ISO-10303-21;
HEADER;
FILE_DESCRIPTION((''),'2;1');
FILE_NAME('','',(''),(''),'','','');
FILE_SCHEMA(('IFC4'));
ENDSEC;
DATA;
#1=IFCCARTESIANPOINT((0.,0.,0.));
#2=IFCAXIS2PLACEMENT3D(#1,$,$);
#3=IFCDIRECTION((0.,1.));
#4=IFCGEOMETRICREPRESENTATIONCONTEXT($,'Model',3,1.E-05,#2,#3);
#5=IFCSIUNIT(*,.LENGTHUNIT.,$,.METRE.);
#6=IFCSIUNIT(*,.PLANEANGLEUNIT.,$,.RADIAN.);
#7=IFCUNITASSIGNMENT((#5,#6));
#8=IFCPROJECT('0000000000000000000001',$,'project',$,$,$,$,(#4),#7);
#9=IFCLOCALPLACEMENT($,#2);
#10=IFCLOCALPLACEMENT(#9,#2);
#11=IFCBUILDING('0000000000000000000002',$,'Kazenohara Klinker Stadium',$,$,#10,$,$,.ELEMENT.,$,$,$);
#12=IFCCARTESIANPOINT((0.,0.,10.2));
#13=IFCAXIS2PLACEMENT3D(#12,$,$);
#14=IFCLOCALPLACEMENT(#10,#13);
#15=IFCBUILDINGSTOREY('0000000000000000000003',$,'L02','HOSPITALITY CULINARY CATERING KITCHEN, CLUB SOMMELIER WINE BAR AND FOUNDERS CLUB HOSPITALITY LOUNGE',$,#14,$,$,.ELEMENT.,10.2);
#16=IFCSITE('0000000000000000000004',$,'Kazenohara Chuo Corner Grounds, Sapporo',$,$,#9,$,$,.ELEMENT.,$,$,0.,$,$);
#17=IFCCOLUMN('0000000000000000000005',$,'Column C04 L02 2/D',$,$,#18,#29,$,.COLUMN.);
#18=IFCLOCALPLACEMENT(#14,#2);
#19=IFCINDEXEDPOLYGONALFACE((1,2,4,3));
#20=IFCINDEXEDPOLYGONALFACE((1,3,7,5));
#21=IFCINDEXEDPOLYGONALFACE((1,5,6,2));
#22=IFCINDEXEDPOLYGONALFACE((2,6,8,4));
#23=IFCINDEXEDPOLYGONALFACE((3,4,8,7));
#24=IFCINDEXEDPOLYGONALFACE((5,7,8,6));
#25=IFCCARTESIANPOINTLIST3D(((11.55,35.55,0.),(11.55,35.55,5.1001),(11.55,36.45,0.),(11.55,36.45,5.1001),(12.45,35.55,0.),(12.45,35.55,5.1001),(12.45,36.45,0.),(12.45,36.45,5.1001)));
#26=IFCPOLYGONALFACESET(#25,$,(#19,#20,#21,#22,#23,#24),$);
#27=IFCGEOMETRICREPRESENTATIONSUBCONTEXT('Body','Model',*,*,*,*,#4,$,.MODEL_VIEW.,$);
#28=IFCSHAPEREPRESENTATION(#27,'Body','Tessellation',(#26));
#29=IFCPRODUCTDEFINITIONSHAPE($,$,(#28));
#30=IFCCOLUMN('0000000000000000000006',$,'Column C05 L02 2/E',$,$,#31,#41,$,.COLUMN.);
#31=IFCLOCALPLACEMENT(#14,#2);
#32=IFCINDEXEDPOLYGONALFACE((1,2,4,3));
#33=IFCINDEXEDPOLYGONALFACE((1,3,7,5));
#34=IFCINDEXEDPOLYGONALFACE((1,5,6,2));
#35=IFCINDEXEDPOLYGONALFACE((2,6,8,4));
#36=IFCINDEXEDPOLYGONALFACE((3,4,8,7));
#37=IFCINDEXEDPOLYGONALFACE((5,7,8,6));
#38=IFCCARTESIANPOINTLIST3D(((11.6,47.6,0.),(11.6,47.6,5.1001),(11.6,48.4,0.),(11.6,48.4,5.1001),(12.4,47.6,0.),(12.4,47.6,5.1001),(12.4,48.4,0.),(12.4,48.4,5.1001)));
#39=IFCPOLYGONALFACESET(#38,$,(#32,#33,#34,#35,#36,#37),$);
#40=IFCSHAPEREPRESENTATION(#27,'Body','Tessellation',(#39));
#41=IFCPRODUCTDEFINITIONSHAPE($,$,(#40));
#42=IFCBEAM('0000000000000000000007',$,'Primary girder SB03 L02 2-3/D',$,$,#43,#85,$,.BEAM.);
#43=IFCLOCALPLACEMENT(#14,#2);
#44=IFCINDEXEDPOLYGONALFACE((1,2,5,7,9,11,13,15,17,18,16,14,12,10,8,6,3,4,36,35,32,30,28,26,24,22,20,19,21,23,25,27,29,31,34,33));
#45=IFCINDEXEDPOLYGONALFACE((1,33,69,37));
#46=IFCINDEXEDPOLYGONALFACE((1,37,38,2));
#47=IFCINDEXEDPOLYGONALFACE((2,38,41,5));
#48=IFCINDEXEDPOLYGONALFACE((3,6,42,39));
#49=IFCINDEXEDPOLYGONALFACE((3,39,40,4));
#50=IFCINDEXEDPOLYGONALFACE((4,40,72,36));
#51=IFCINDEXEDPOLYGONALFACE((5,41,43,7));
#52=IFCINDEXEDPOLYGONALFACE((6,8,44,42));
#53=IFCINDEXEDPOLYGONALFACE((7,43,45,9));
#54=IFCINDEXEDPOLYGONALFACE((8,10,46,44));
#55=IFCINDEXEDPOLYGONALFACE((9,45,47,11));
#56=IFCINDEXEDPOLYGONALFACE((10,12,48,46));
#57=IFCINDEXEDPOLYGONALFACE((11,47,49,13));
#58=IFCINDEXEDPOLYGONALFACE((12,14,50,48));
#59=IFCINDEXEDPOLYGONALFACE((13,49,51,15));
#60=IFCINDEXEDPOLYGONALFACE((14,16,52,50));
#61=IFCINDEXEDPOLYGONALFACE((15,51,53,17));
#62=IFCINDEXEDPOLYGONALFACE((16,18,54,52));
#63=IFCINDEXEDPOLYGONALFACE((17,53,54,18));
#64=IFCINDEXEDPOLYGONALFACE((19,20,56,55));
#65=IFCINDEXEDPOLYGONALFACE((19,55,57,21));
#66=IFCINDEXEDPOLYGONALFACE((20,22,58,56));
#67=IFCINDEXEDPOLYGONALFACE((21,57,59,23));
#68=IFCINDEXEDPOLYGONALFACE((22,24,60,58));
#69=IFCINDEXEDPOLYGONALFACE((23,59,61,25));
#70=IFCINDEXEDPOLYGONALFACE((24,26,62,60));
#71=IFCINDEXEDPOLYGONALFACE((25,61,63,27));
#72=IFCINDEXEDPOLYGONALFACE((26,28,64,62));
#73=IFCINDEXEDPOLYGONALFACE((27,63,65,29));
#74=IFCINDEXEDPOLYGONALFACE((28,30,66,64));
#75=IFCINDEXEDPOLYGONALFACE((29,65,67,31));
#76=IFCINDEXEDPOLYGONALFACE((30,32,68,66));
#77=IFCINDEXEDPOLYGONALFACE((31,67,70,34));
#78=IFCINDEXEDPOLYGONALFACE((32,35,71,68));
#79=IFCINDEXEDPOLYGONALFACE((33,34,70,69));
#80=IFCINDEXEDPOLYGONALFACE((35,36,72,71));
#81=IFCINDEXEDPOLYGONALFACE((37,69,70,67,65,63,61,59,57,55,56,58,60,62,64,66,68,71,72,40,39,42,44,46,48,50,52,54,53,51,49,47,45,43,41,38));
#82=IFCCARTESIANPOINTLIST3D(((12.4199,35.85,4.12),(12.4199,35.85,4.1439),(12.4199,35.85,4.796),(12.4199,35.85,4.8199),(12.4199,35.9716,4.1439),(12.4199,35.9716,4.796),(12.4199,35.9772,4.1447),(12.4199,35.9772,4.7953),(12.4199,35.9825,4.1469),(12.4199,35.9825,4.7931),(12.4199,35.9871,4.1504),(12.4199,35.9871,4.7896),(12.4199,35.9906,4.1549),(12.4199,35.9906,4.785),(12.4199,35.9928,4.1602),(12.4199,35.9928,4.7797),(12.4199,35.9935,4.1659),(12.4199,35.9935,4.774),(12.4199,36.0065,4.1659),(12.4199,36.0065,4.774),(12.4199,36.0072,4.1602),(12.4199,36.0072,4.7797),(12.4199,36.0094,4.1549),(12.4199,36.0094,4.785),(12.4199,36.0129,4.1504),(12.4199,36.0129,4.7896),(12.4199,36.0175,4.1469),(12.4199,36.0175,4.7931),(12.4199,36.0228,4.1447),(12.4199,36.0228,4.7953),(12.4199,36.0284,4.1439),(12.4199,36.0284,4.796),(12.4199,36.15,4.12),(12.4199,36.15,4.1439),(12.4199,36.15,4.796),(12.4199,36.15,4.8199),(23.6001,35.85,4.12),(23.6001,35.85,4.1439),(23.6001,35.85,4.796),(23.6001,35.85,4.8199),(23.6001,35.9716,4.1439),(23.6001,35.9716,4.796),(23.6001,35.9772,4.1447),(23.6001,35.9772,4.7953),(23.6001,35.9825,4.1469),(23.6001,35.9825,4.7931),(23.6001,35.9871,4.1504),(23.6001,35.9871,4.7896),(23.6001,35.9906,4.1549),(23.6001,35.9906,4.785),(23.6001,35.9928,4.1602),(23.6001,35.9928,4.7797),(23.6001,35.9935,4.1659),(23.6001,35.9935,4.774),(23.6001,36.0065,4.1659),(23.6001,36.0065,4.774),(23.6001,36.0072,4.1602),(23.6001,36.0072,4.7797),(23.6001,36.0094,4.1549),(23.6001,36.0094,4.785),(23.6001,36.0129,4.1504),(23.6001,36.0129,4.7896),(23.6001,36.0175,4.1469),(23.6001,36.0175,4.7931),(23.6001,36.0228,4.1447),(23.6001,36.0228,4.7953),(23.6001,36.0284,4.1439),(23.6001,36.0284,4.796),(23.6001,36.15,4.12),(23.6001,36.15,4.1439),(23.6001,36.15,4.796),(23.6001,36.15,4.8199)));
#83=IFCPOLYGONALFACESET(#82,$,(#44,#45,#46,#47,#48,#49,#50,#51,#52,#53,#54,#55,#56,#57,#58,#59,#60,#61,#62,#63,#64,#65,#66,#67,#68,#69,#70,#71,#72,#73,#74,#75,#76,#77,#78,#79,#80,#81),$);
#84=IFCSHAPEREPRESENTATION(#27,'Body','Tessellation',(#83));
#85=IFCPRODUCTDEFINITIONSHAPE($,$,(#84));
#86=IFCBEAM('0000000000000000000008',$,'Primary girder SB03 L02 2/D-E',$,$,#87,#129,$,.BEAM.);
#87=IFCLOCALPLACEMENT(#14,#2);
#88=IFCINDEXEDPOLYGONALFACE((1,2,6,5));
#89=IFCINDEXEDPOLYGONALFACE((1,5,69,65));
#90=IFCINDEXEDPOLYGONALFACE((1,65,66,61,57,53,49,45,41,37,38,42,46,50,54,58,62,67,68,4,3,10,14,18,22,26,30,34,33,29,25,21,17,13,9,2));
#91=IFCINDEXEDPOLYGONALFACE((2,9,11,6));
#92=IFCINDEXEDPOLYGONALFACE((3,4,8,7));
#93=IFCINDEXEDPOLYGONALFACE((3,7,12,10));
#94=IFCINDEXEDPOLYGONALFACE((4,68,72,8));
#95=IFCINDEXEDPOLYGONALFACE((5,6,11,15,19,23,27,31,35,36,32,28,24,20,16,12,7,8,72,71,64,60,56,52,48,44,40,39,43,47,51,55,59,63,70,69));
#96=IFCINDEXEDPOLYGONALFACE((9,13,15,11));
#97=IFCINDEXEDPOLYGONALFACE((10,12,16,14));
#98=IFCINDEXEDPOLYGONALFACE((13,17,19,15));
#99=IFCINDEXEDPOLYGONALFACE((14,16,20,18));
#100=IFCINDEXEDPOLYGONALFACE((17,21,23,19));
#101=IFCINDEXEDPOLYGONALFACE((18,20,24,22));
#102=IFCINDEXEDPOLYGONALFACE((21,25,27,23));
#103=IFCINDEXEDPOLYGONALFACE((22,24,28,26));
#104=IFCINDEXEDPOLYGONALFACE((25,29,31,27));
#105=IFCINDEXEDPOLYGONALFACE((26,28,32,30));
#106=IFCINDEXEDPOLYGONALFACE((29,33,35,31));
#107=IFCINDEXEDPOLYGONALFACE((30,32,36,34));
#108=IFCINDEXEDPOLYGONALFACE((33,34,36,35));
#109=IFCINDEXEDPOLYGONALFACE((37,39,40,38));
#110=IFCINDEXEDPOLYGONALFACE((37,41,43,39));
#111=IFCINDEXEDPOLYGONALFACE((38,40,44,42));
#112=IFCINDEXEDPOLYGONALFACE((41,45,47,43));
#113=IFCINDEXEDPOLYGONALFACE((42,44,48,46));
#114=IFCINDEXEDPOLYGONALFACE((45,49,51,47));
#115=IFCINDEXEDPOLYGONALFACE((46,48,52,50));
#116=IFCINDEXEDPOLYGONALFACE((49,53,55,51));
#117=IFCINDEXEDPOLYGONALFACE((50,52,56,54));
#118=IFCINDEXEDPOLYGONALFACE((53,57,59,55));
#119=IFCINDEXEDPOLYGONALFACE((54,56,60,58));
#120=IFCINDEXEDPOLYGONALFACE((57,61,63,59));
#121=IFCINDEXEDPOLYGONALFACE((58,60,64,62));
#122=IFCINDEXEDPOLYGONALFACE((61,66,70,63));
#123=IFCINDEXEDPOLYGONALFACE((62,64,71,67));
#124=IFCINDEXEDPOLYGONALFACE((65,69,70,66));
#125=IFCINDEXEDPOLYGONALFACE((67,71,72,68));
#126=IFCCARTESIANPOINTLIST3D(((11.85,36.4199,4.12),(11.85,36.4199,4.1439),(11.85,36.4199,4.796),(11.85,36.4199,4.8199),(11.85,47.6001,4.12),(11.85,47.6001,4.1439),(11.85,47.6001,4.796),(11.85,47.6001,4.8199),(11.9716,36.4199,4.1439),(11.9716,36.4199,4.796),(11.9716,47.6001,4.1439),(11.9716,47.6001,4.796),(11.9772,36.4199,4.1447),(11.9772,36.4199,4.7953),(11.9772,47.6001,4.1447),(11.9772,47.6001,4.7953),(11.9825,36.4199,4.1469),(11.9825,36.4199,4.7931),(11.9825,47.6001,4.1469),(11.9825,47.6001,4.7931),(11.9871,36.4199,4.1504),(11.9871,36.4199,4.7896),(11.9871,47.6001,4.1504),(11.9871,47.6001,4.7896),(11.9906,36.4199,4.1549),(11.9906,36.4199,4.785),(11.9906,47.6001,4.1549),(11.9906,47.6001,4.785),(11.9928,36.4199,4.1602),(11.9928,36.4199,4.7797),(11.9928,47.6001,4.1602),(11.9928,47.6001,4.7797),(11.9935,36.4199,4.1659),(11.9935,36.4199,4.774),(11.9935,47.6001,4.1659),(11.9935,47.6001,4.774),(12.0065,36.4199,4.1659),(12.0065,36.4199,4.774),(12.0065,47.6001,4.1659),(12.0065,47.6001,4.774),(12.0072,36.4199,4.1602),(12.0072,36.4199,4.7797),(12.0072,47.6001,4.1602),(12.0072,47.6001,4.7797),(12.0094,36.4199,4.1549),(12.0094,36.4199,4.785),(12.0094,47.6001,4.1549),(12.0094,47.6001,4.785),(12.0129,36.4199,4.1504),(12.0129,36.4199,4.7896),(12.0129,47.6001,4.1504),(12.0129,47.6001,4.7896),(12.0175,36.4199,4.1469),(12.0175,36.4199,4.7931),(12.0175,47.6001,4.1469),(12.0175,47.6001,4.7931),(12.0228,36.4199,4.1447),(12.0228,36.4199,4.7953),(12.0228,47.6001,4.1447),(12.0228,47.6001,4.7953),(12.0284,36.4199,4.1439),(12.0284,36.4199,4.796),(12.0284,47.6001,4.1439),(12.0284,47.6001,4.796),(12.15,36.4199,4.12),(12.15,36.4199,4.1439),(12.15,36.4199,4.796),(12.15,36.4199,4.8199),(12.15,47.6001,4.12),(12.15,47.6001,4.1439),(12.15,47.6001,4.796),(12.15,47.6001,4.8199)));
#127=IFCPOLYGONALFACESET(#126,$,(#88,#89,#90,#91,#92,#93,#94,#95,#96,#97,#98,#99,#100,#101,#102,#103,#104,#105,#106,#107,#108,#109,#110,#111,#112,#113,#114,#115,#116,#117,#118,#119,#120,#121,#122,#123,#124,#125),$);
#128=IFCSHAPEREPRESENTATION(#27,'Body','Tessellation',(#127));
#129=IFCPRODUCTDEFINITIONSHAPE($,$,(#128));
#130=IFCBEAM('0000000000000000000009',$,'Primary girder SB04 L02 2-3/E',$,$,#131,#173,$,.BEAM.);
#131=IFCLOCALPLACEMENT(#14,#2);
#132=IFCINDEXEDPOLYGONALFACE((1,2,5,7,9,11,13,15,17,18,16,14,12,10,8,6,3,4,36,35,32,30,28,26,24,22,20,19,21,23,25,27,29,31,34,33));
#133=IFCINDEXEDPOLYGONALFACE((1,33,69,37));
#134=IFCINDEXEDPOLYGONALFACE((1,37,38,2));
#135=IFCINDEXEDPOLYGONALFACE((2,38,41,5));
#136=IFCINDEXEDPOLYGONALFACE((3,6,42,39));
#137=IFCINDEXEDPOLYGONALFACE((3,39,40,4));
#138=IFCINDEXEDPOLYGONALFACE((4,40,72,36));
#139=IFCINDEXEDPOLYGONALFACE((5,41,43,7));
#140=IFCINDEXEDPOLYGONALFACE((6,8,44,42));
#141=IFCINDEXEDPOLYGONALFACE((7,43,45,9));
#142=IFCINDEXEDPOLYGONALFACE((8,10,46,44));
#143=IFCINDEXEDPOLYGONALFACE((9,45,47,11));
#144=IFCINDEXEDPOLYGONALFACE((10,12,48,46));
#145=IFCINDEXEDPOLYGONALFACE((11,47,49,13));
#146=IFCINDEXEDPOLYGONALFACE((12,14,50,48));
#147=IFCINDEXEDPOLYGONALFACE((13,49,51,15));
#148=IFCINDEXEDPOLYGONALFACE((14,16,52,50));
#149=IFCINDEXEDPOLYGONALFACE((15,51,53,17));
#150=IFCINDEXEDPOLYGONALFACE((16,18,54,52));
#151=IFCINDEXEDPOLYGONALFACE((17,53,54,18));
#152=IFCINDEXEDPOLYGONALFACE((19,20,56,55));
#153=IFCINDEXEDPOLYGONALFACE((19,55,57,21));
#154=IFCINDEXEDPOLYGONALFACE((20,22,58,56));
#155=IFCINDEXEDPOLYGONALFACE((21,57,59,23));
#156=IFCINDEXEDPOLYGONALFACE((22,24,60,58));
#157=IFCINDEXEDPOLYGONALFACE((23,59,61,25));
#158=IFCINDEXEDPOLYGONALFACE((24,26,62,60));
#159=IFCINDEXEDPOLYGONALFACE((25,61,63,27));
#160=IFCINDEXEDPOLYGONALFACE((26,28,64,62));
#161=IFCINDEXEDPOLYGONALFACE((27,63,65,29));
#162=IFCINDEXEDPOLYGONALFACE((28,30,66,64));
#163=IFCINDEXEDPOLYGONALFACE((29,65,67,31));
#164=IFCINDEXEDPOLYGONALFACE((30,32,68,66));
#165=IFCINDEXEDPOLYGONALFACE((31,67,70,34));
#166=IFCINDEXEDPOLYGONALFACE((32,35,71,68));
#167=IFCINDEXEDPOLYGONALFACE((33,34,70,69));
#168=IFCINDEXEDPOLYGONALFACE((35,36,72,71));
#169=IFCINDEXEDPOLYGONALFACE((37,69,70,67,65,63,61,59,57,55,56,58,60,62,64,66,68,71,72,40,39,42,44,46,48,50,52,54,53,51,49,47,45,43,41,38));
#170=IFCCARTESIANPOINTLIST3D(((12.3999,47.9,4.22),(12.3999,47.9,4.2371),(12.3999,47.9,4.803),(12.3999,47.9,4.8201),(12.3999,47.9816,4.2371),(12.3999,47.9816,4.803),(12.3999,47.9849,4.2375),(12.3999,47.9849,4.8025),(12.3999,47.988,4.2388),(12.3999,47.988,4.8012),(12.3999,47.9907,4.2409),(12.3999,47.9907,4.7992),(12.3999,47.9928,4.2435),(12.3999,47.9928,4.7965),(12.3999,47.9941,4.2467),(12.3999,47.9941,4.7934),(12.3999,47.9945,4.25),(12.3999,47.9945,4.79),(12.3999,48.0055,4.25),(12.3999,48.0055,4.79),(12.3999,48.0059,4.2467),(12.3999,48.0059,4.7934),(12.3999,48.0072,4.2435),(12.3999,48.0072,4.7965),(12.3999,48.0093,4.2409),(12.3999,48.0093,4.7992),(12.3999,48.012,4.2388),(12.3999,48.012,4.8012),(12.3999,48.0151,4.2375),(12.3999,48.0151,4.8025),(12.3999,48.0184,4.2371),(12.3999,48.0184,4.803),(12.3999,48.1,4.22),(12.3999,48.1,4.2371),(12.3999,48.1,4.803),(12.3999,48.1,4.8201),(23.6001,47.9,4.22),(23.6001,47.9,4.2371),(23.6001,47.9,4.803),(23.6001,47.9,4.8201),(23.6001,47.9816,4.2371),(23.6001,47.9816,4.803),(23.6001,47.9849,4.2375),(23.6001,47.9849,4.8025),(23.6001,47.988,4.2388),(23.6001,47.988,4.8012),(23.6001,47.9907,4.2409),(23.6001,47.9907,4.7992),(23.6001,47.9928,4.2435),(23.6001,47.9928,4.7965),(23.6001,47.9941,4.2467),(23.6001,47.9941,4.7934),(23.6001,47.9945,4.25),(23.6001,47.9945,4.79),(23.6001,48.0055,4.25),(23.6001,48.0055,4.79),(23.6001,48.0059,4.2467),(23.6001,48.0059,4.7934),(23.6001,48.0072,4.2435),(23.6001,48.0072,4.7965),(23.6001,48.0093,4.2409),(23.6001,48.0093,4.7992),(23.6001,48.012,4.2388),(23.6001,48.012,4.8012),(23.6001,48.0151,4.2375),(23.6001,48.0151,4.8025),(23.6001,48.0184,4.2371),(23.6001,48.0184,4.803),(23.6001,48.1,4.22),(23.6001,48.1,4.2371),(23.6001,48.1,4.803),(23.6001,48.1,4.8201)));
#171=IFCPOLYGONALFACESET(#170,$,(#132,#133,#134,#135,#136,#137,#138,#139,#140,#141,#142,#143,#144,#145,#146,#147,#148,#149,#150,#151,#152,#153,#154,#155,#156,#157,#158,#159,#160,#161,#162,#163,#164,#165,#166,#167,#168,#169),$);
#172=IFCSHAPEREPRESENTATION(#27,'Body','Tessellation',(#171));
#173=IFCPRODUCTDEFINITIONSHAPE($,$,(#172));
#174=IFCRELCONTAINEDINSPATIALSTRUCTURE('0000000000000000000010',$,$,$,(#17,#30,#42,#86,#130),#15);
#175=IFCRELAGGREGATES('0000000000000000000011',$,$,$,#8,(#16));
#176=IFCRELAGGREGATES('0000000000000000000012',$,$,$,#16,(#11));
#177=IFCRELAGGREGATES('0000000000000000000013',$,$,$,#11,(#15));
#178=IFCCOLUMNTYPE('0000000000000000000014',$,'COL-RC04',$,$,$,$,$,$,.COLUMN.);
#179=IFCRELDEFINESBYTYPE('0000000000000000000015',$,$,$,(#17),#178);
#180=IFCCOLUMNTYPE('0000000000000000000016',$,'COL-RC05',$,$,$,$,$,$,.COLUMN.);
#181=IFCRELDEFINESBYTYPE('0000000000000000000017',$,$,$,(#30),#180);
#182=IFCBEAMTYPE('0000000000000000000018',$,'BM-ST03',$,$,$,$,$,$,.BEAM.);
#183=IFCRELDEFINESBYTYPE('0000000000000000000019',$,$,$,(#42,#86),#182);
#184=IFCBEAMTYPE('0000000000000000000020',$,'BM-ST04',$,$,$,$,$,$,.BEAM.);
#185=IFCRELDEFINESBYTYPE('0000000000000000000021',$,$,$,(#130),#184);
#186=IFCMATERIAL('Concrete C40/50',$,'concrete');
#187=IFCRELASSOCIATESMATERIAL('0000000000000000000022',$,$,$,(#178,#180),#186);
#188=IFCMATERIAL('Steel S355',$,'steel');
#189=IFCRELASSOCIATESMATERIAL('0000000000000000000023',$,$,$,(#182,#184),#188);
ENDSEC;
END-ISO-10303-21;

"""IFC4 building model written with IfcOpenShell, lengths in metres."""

from ifc_helpers import new_model, si_unit, direction, frame, origin, origin_2d, place, context, subcontext, project, spatial, rectangle, i_section, extrude, material, material_profile, profile_set, type_object, element, save


model = new_model("IFC4")

# Units and contexts
model_context = context("Model", 3, precision=1e-05, world=origin(), true_north=direction((0.0, 1.0)))
body_context = subcontext(model_context, "Body", "Model", "MODEL_VIEW")
ifc_project = project(units=[si_unit("LENGTHUNIT", "METRE"), si_unit("PLANEANGLEUNIT", "RADIAN")], contexts=[model_context])

# Site, building, storey
site_placement = place(None, origin())
site = spatial("IfcSite", under=ifc_project, at=site_placement, Name="Kazenohara Chuo Corner Grounds, Sapporo", CompositionType="ELEMENT", RefElevation=0.0)
building_placement = place(site_placement, origin())
building = spatial("IfcBuilding", under=site, at=building_placement, Name="Kazenohara Klinker Stadium", CompositionType="ELEMENT")
storey_placement = place(building_placement, frame((0.0, 0.0, 10.2)))
storey = spatial("IfcBuildingStorey", under=building, at=storey_placement, Name="L02", Description="HOSPITALITY CULINARY CATERING KITCHEN, CLUB SOMMELIER WINE BAR AND FOUNDERS CLUB HOSPITALITY LOUNGE", CompositionType="ELEMENT", Elevation=10.2)

# Columns
ifc_material_1 = material(Name="Concrete C40/50", Category="concrete")
ifc_material_profile_1 = material_profile(ifc_material_1, rectangle(XDim=0.8999, YDim=0.8999, at=origin_2d()), Name="RC-COL-900x900")
ifc_profile_set_1 = profile_set([ifc_material_profile_1], Name="Concrete C40/50")
column_type_1 = type_object("IfcColumnType", Name="COL-RC04", PredefinedType="COLUMN", material=ifc_profile_set_1)
column_1_placement = place(storey_placement, frame((12.0, 36.0, 0.0), z_axis=(0.0, 0.0, 1.0), x_axis=(1.0, 0.0, 0.0)))
element("IfcColumn", 1, at=column_1_placement, inside=storey, type_object=column_type_1, Name="Column C04 L02 2/D", PredefinedType="COLUMN", context=body_context, shape_type="SweptSolid", body=[
    extrude(rectangle(XDim=0.8999, YDim=0.8999, at=origin_2d()), origin(), (0.0, 0.0, 1.0), 5.1001),
])
ifc_material_profile_2 = material_profile(ifc_material_1, rectangle(XDim=0.8, YDim=0.8, at=origin_2d()), Name="RC-COL-800x800")
ifc_profile_set_2 = profile_set([ifc_material_profile_2], Name="Concrete C40/50")
column_type_2 = type_object("IfcColumnType", Name="COL-RC05", PredefinedType="COLUMN", material=ifc_profile_set_2)
column_2_placement = place(storey_placement, frame((12.0, 48.0, 0.0), z_axis=(0.0, 0.0, 1.0), x_axis=(1.0, 0.0, 0.0)))
element("IfcColumn", 2, at=column_2_placement, inside=storey, type_object=column_type_2, Name="Column C05 L02 2/E", PredefinedType="COLUMN", context=body_context, shape_type="SweptSolid", body=[
    extrude(rectangle(XDim=0.8, YDim=0.8, at=origin_2d()), origin(), (0.0, 0.0, 1.0), 5.1001),
])

# Beams
ifc_material_2 = material(Name="Steel S355", Category="steel")
ifc_material_profile_3 = material_profile(ifc_material_2, i_section(OverallWidth=0.3, OverallDepth=0.7, WebThickness=0.0129, FlangeThickness=0.0239, FilletRadius=0.022, at=origin_2d()), Name="H-700x300x13x24")
ifc_profile_set_3 = profile_set([ifc_material_profile_3], Name="Steel S355")
beam_type_1 = type_object("IfcBeamType", Name="BM-ST03", PredefinedType="BEAM", material=ifc_profile_set_3)
for number, where, z_axis, x_axis, name in (
    (3, (12.4199, 36.0, 4.47), (1.0, 0.0, 0.0), (0.0, 1.0, 0.0), "Primary girder SB03 L02 2-3/D"),
    (4, (12.0, 36.4199, 4.47), (0.0, 1.0, 0.0), (-1.0, 0.0, 0.0), "Primary girder SB03 L02 2/D-E"),
):
    element("IfcBeam", number, at=place(storey_placement, frame(where, z_axis=z_axis, x_axis=x_axis)), inside=storey, type_object=beam_type_1, Name=name, PredefinedType="BEAM", context=body_context, shape_type="SweptSolid", body=[
        extrude(i_section(OverallWidth=0.3, OverallDepth=0.7, WebThickness=0.0129, FlangeThickness=0.0239, FilletRadius=0.022, at=origin_2d()), origin(), (0.0, 0.0, 1.0), 11.1802),
    ])
ifc_material_profile_4 = material_profile(ifc_material_2, i_section(OverallWidth=0.2, OverallDepth=0.6001, WebThickness=0.011, FlangeThickness=0.0171, FilletRadius=0.0129, at=origin_2d()), Name="H-600x200x11x17")
ifc_profile_set_4 = profile_set([ifc_material_profile_4], Name="Steel S355")
beam_type_2 = type_object("IfcBeamType", Name="BM-ST04", PredefinedType="BEAM", material=ifc_profile_set_4)
beam_1_placement = place(storey_placement, frame((12.3999, 48.0, 4.52), z_axis=(1.0, 0.0, 0.0), x_axis=(0.0, 1.0, 0.0)))
element("IfcBeam", 5, at=beam_1_placement, inside=storey, type_object=beam_type_2, Name="Primary girder SB04 L02 2-3/E", PredefinedType="BEAM", context=body_context, shape_type="SweptSolid", body=[
    extrude(i_section(OverallWidth=0.2, OverallDepth=0.6001, WebThickness=0.011, FlangeThickness=0.0171, FilletRadius=0.0129, at=origin_2d()), origin(), (0.0, 0.0, 1.0), 11.2002),
])

save(model, "model.ifc")
